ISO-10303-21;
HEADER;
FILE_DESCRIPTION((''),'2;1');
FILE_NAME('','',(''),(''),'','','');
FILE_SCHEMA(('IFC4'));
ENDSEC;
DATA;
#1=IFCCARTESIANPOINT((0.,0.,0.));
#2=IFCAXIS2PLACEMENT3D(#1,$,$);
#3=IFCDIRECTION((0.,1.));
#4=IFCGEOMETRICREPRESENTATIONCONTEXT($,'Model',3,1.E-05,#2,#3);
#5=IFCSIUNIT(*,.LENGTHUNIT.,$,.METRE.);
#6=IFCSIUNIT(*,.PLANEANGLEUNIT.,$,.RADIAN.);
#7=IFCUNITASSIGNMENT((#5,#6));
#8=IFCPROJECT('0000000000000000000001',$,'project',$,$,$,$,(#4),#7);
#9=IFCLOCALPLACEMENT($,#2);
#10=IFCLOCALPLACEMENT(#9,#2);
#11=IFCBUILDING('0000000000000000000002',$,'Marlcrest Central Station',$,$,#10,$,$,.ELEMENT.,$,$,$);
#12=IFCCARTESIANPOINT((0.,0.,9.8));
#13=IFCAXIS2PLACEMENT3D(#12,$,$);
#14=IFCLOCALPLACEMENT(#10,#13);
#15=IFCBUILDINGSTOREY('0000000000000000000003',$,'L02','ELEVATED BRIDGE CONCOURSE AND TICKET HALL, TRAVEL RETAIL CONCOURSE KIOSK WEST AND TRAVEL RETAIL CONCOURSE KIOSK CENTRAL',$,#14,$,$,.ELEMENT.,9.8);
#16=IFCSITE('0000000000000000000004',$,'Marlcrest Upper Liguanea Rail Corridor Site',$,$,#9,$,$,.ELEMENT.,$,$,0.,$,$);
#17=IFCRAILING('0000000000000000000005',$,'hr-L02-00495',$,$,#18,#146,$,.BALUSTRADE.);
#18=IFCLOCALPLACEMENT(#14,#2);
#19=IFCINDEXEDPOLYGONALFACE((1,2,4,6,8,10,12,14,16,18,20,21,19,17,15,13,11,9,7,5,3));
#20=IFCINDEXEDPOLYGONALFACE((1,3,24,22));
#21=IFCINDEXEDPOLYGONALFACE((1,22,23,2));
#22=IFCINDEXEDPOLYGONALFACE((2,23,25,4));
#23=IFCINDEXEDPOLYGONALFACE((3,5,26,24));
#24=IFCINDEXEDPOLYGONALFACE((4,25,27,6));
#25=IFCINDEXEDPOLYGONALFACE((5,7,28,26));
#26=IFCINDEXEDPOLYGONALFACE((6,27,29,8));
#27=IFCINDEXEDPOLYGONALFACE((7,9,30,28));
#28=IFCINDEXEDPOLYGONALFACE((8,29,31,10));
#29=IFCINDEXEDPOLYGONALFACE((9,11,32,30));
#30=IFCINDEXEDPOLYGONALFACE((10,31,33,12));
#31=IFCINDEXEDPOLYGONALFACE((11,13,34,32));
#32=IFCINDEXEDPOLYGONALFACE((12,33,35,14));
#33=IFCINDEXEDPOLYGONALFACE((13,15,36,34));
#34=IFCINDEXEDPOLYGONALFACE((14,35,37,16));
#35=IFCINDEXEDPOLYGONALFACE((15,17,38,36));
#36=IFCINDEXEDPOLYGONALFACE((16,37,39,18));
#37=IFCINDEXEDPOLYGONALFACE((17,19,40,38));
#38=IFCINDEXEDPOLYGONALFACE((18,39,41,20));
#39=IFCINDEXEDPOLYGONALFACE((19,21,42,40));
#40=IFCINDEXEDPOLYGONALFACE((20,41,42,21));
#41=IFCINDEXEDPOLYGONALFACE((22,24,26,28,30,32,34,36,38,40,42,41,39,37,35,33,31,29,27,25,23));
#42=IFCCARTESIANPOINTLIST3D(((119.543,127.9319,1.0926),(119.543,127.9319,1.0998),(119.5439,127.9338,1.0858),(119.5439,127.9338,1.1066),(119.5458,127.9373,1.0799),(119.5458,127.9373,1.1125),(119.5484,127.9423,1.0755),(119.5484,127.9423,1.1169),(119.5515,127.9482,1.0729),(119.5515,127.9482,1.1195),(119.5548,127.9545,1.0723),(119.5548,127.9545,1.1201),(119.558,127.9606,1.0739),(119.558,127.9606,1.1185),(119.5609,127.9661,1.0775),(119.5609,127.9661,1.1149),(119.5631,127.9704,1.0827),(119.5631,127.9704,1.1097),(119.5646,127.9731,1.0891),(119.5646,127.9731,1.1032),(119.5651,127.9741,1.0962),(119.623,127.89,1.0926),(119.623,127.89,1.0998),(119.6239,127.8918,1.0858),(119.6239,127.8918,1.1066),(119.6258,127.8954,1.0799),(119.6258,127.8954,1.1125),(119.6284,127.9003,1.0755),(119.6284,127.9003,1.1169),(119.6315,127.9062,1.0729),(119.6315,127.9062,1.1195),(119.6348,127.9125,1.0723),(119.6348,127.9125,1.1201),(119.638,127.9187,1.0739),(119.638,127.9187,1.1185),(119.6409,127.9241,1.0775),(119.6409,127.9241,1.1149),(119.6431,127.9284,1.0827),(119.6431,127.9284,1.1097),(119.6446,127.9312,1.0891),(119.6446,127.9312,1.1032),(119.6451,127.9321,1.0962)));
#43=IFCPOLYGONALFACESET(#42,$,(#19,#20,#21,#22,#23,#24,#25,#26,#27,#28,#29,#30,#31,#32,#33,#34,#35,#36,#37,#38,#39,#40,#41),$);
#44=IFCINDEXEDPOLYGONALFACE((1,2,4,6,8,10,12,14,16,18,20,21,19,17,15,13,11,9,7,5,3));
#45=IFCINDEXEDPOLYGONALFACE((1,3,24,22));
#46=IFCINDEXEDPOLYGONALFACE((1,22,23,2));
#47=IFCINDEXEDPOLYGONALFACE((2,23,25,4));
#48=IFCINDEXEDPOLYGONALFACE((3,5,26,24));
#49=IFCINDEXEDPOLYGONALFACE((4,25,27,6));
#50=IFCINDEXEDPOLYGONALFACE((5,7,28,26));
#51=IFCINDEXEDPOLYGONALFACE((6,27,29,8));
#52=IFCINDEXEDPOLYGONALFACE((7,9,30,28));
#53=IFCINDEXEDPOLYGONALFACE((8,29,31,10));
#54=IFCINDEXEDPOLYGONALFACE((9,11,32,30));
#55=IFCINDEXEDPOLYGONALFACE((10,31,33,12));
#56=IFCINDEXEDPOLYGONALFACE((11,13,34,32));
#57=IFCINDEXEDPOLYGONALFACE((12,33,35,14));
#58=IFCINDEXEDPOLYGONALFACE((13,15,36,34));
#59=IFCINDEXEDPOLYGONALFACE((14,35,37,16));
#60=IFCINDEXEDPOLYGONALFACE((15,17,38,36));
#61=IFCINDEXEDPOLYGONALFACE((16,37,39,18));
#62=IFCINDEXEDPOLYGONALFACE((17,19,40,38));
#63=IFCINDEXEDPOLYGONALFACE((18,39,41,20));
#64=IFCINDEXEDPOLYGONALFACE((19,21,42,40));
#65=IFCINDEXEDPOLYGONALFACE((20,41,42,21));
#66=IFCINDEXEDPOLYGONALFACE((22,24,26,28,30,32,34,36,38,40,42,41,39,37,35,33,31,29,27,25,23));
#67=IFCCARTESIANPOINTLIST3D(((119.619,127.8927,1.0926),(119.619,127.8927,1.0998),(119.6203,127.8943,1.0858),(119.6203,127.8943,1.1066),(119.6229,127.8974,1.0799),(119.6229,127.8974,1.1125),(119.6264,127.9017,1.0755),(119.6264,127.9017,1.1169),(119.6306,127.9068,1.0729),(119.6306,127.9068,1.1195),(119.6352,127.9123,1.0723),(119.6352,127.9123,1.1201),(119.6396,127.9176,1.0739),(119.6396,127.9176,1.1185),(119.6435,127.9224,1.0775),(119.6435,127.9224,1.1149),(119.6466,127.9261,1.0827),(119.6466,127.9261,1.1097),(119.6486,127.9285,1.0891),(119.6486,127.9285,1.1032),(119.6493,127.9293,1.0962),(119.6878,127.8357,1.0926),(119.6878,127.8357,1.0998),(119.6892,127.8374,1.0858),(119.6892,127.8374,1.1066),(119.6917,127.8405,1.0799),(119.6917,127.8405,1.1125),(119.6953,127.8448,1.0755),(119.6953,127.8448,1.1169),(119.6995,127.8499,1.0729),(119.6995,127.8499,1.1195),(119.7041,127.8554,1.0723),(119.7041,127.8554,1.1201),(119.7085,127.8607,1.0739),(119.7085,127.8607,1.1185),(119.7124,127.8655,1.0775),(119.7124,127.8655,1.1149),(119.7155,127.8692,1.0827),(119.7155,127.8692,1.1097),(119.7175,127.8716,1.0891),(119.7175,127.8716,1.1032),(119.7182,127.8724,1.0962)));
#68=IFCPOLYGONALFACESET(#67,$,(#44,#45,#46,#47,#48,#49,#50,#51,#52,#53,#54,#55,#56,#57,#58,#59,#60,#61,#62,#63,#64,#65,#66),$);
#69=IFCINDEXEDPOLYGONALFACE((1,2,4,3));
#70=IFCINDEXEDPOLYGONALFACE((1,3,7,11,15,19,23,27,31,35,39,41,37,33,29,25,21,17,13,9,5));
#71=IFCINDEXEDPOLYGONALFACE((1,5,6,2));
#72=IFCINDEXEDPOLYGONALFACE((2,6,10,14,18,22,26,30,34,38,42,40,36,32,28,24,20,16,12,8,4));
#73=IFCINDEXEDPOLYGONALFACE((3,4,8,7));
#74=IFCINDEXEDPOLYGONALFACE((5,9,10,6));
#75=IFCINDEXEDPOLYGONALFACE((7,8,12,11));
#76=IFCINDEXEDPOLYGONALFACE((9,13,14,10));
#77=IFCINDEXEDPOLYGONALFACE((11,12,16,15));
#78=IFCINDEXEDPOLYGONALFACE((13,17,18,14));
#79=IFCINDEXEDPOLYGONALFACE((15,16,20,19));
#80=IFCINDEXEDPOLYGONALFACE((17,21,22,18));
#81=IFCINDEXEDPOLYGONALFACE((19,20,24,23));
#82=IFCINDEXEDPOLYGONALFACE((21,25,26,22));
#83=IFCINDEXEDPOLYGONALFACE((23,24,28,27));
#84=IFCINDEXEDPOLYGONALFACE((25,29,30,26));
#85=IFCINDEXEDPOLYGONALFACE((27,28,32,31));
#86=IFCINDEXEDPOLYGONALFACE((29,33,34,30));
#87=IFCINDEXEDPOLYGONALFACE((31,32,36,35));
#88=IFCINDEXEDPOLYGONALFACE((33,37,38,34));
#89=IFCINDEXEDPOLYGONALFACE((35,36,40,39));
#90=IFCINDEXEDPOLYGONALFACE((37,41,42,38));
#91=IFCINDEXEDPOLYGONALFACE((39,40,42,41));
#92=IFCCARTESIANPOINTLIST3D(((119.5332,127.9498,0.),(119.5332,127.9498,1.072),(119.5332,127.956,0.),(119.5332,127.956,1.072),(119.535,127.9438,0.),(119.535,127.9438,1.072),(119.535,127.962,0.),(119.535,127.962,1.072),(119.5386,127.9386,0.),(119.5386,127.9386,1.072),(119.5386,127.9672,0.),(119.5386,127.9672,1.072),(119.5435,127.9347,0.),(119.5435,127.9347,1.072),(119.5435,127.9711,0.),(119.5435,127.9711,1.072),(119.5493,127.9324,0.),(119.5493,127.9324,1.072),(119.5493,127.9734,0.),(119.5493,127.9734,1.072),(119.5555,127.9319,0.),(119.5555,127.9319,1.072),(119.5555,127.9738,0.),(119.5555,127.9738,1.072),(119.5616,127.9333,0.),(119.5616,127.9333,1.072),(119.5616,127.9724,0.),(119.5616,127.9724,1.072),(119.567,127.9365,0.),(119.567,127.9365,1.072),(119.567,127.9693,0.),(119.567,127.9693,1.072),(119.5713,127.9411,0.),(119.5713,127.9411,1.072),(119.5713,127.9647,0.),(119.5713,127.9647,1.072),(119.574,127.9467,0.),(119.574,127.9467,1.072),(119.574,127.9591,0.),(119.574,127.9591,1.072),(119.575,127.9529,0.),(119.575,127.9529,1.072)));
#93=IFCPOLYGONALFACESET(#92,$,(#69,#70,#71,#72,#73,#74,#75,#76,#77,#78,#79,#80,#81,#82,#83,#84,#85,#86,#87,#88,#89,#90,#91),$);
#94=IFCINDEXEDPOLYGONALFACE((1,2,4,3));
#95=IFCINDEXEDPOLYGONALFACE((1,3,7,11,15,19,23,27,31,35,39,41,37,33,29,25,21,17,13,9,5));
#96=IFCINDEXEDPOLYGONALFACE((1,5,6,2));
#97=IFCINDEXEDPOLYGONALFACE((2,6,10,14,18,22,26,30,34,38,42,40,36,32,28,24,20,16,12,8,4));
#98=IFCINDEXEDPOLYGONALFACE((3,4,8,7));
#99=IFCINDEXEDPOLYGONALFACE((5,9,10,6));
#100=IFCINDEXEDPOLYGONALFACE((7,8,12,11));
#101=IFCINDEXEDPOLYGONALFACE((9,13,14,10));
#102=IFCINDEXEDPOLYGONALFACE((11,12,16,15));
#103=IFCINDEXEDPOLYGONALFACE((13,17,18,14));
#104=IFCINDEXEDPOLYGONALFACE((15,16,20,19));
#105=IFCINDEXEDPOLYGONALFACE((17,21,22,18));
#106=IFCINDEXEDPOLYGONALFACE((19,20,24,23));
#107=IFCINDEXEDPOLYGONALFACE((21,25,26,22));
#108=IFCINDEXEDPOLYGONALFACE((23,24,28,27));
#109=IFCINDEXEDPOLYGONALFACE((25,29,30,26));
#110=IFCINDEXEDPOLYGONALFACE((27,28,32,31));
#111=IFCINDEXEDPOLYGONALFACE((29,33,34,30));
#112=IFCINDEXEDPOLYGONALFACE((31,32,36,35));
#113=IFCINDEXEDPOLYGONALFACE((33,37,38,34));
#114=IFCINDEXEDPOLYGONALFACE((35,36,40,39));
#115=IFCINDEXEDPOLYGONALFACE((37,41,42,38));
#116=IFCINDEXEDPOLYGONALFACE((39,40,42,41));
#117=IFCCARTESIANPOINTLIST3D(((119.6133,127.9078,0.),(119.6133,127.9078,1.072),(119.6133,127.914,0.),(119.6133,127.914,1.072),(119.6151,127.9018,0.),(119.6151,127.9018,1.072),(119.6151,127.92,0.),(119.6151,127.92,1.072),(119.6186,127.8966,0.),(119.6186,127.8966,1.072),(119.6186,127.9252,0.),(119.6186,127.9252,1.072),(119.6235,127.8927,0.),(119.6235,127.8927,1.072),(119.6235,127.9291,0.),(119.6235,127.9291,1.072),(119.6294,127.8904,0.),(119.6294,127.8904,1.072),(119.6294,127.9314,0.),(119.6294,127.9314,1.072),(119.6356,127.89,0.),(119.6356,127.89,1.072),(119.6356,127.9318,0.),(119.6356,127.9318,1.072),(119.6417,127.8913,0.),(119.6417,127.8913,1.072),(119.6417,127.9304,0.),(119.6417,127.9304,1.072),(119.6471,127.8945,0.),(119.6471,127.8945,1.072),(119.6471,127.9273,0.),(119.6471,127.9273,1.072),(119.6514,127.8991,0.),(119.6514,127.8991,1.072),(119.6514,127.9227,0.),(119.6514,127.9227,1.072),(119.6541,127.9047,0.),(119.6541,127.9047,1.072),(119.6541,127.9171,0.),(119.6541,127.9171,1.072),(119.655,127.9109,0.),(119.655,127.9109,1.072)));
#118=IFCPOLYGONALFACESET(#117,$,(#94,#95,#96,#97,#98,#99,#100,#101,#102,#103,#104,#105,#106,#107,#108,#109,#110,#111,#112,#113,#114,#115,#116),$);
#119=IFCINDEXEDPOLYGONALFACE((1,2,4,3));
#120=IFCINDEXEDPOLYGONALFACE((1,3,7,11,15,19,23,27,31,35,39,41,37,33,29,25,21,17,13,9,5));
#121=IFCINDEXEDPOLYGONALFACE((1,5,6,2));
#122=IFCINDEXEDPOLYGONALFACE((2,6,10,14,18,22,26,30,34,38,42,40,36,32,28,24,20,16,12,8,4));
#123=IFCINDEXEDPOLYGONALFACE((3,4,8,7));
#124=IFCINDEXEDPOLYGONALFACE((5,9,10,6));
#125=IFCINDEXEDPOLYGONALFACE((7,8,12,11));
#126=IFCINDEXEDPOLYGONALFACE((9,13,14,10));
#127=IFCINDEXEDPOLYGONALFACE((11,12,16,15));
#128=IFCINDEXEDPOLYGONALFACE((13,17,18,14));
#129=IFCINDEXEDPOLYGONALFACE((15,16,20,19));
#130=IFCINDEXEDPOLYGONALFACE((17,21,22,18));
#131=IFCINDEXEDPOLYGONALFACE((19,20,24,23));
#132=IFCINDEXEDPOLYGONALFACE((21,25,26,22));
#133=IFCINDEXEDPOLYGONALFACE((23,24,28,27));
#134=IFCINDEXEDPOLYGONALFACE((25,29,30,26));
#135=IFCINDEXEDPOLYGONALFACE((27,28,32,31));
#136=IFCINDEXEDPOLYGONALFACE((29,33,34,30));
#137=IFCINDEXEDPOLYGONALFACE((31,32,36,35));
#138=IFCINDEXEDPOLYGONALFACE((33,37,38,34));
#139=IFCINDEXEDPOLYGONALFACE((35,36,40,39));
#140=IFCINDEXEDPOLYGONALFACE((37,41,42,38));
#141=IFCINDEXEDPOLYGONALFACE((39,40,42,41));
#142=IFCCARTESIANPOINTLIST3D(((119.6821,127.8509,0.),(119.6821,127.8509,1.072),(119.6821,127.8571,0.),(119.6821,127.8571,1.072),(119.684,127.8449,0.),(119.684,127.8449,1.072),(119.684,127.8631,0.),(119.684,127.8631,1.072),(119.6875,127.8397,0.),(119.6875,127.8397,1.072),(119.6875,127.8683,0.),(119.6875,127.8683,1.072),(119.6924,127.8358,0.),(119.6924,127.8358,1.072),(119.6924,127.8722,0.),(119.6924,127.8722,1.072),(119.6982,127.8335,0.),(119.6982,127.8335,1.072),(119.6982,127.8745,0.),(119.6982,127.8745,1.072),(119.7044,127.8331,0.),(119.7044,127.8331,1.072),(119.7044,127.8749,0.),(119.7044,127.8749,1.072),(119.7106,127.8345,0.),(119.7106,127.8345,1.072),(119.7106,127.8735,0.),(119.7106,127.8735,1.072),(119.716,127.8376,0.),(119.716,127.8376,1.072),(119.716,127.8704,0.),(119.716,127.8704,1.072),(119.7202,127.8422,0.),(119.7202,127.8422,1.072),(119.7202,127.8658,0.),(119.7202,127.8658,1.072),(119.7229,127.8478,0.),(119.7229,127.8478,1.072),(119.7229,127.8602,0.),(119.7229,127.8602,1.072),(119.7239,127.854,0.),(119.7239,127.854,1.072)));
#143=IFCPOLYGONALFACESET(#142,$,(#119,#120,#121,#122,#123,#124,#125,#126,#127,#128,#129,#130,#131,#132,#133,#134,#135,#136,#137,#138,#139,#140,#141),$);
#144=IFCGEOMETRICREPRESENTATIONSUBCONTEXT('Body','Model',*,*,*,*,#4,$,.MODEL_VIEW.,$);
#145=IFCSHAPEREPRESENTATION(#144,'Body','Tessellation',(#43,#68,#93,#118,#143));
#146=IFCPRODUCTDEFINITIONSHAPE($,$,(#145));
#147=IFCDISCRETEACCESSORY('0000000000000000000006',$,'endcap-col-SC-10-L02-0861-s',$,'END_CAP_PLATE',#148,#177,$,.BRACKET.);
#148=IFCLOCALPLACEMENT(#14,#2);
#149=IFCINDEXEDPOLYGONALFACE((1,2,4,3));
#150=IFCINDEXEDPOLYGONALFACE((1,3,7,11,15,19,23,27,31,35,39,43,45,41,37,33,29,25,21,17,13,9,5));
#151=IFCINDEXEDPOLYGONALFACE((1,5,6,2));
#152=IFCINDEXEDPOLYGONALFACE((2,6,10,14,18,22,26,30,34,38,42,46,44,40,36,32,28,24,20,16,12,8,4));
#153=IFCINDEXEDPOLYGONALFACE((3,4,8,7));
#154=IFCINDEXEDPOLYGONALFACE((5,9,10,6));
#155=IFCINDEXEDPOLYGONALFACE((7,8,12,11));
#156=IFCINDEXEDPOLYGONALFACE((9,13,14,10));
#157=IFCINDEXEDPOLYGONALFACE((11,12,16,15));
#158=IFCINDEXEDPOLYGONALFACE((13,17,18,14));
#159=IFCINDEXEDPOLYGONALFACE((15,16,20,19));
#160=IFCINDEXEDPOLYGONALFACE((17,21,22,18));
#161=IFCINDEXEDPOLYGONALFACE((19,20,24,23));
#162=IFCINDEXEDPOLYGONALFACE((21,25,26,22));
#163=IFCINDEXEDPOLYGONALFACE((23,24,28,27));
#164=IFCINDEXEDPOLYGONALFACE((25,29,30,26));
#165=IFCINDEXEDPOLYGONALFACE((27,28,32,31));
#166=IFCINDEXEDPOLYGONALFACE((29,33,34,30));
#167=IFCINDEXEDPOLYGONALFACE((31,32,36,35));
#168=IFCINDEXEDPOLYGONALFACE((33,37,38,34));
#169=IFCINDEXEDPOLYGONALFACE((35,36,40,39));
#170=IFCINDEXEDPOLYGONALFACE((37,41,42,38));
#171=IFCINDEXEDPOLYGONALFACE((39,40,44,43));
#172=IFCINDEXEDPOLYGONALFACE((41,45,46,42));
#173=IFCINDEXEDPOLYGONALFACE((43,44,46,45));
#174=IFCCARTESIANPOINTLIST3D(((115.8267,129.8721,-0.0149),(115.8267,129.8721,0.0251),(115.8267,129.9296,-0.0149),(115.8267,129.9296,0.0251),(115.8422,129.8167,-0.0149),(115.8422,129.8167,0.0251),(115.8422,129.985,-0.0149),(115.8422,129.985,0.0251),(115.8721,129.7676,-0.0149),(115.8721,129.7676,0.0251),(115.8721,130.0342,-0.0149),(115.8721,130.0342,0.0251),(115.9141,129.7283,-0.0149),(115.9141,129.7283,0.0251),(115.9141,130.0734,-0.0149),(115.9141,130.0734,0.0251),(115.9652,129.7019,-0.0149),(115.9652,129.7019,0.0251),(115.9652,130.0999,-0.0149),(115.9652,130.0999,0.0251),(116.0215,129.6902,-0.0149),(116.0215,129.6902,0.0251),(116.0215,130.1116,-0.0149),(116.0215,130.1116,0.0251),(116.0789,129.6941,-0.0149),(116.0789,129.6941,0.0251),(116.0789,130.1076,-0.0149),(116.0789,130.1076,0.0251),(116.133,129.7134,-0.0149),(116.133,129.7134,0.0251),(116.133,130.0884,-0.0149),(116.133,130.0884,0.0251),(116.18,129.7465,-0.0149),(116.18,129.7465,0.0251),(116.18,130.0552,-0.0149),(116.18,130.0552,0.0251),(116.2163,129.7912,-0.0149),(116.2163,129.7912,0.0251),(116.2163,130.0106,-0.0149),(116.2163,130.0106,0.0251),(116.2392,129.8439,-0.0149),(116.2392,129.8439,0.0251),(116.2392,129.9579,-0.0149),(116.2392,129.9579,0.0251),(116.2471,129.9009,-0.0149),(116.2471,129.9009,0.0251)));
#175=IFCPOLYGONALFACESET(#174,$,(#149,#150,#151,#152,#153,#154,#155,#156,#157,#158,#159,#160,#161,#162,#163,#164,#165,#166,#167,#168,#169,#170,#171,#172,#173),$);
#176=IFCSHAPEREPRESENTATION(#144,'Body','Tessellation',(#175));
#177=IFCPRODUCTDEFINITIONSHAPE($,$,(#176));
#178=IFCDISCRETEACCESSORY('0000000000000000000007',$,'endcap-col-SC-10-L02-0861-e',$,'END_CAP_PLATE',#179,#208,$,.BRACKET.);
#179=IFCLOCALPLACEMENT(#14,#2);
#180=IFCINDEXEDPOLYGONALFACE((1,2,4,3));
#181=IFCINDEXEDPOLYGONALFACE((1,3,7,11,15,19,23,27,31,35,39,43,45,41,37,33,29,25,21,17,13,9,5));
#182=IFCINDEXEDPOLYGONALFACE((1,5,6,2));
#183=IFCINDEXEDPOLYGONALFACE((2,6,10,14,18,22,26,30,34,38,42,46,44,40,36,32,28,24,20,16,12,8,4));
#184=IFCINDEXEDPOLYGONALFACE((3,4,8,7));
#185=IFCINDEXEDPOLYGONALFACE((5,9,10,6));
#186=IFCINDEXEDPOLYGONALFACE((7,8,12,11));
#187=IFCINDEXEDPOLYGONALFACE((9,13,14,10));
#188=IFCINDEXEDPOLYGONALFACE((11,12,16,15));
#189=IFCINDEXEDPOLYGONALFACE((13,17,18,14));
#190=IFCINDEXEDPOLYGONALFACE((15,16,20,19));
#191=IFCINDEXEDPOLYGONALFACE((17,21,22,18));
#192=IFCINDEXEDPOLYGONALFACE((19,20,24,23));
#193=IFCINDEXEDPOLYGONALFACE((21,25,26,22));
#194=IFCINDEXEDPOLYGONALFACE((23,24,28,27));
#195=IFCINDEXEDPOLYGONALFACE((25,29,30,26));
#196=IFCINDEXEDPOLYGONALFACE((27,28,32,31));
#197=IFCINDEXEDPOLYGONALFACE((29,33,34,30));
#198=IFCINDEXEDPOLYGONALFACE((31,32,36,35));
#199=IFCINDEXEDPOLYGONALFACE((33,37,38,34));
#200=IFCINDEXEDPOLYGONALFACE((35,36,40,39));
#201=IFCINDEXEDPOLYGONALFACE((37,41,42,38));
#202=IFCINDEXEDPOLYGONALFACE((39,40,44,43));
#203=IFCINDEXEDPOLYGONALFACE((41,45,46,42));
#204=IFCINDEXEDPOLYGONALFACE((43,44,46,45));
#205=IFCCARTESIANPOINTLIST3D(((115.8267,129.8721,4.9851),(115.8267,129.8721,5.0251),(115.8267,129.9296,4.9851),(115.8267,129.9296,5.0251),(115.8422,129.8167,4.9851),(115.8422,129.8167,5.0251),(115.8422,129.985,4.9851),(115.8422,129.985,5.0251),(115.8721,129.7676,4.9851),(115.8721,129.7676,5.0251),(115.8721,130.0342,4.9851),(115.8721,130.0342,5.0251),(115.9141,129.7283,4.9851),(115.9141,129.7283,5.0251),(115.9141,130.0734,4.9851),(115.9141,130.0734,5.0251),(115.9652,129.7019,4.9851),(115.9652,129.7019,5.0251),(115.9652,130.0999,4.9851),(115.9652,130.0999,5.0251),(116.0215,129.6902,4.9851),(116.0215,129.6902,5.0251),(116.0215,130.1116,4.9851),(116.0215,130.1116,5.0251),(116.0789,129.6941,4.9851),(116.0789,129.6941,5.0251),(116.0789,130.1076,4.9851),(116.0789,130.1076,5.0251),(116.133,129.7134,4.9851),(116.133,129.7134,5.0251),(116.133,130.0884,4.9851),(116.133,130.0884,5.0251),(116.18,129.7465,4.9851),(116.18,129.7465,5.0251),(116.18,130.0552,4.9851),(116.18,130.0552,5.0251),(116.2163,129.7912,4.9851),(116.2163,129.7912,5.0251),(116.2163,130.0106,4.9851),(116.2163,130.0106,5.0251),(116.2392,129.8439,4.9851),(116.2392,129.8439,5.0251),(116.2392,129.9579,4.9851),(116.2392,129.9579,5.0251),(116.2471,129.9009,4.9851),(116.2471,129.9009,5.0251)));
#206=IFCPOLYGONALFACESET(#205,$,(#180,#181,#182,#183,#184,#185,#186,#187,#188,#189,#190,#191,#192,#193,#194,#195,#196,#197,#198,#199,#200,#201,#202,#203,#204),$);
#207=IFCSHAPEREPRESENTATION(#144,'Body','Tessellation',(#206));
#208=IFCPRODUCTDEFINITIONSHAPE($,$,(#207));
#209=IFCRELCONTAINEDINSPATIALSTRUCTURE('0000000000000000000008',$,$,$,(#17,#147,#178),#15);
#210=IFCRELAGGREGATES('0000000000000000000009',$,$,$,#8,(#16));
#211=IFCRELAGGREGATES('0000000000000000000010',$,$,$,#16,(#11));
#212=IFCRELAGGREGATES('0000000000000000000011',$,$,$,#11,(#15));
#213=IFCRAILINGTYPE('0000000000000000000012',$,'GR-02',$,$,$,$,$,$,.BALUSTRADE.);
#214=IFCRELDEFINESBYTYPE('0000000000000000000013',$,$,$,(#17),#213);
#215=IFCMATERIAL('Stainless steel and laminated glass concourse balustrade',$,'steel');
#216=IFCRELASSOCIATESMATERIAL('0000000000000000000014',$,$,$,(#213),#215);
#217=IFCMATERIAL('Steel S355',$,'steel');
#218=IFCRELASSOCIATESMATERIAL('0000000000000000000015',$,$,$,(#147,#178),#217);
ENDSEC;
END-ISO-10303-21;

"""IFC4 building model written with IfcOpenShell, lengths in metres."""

from ifc_helpers import new_model, si_unit, direction, frame, origin, origin_2d, place, context, subcontext, project, spatial, circle, extrude, material, type_object, element, save


model = new_model("IFC4")

# Units and contexts
model_context = context("Model", 3, precision=1e-05, world=origin(), true_north=direction((0.0, 1.0)))
body_context = subcontext(model_context, "Body", "Model", "MODEL_VIEW")
ifc_project = project(units=[si_unit("LENGTHUNIT", "METRE"), si_unit("PLANEANGLEUNIT", "RADIAN")], contexts=[model_context])

# Site, building, storey
site_placement = place(None, origin())
site = spatial("IfcSite", under=ifc_project, at=site_placement, Name="Marlcrest Upper Liguanea Rail Corridor Site", CompositionType="ELEMENT", RefElevation=0.0)
building_placement = place(site_placement, origin())
building = spatial("IfcBuilding", under=site, at=building_placement, Name="Marlcrest Central Station", CompositionType="ELEMENT")
storey_placement = place(building_placement, frame((0.0, 0.0, 9.8)))
storey = spatial("IfcBuildingStorey", under=building, at=storey_placement, Name="L02", Description="ELEVATED BRIDGE CONCOURSE AND TICKET HALL, TRAVEL RETAIL CONCOURSE KIOSK WEST AND TRAVEL RETAIL CONCOURSE KIOSK CENTRAL", CompositionType="ELEMENT", Elevation=9.8)

# Shared definitions
ifc_material_1 = material(Name="Steel S355", Category="steel")

# Railing
ifc_material_2 = material(Name="Stainless steel and laminated glass concourse balustrade", Category="steel")
railing_type = type_object("IfcRailingType", Name="GR-02", PredefinedType="BALUSTRADE", material=ifc_material_2)
railing_placement = place(storey_placement, frame((119.554, 127.9529, 0.0)))
element("IfcRailing", 1, at=railing_placement, inside=storey, type_object=railing_type, Name="hr-L02-00495", PredefinedType="BALUSTRADE", context=body_context, shape_type="SweptSolid", body=[
    extrude(circle(Radius=0.0239, at=origin_2d()), frame((0.0, 0.0, 1.0962), z_axis=(0.88562, -0.464411, 0.0), x_axis=(0.464411, 0.88562, 0.0)), (0.0, 0.0, 1.0), 0.0903),
    extrude(circle(Radius=0.0239, at=origin_2d()), frame((0.0801, -0.042, 1.0962), z_axis=(0.770903, -0.636952, 0.0), x_axis=(0.636952, 0.770903, 0.0)), (0.0, 0.0, 1.0), 0.0894),
    extrude(circle(Radius=0.021, at=origin_2d()), origin(), (0.0, 0.0, 1.0), 1.072),
    extrude(circle(Radius=0.021, at=origin_2d()), frame((0.0801, -0.042, 0.0)), (0.0, 0.0, 1.0), 1.072),
    extrude(circle(Radius=0.021, at=origin_2d()), frame((0.1489, -0.0989, 0.0)), (0.0, 0.0, 1.0), 1.072),
])

# Discrete accessories
for number, where, z_axis, x_axis, name in (
    (2, (116.0359, 129.9009, -0.0149), (0.0, 0.0, 1.0), (1.0, 0.0, 0.0), "endcap-col-SC-10-L02-0861-s"),
    (3, (116.0359, 129.9009, 4.9851), (0.0, 0.0, 1.0), (1.0, 0.0, 0.0), "endcap-col-SC-10-L02-0861-e"),
):
    element("IfcDiscreteAccessory", number, at=place(storey_placement, frame(where, z_axis=z_axis, x_axis=x_axis)), inside=storey, material=ifc_material_1, Name=name, ObjectType="END_CAP_PLATE", PredefinedType="BRACKET", context=body_context, shape_type="SweptSolid", body=[
        extrude(circle(Radius=0.2112, at=origin_2d()), origin(), (0.0, 0.0, 1.0), 0.04),
    ])

save(model, "model.ifc")
